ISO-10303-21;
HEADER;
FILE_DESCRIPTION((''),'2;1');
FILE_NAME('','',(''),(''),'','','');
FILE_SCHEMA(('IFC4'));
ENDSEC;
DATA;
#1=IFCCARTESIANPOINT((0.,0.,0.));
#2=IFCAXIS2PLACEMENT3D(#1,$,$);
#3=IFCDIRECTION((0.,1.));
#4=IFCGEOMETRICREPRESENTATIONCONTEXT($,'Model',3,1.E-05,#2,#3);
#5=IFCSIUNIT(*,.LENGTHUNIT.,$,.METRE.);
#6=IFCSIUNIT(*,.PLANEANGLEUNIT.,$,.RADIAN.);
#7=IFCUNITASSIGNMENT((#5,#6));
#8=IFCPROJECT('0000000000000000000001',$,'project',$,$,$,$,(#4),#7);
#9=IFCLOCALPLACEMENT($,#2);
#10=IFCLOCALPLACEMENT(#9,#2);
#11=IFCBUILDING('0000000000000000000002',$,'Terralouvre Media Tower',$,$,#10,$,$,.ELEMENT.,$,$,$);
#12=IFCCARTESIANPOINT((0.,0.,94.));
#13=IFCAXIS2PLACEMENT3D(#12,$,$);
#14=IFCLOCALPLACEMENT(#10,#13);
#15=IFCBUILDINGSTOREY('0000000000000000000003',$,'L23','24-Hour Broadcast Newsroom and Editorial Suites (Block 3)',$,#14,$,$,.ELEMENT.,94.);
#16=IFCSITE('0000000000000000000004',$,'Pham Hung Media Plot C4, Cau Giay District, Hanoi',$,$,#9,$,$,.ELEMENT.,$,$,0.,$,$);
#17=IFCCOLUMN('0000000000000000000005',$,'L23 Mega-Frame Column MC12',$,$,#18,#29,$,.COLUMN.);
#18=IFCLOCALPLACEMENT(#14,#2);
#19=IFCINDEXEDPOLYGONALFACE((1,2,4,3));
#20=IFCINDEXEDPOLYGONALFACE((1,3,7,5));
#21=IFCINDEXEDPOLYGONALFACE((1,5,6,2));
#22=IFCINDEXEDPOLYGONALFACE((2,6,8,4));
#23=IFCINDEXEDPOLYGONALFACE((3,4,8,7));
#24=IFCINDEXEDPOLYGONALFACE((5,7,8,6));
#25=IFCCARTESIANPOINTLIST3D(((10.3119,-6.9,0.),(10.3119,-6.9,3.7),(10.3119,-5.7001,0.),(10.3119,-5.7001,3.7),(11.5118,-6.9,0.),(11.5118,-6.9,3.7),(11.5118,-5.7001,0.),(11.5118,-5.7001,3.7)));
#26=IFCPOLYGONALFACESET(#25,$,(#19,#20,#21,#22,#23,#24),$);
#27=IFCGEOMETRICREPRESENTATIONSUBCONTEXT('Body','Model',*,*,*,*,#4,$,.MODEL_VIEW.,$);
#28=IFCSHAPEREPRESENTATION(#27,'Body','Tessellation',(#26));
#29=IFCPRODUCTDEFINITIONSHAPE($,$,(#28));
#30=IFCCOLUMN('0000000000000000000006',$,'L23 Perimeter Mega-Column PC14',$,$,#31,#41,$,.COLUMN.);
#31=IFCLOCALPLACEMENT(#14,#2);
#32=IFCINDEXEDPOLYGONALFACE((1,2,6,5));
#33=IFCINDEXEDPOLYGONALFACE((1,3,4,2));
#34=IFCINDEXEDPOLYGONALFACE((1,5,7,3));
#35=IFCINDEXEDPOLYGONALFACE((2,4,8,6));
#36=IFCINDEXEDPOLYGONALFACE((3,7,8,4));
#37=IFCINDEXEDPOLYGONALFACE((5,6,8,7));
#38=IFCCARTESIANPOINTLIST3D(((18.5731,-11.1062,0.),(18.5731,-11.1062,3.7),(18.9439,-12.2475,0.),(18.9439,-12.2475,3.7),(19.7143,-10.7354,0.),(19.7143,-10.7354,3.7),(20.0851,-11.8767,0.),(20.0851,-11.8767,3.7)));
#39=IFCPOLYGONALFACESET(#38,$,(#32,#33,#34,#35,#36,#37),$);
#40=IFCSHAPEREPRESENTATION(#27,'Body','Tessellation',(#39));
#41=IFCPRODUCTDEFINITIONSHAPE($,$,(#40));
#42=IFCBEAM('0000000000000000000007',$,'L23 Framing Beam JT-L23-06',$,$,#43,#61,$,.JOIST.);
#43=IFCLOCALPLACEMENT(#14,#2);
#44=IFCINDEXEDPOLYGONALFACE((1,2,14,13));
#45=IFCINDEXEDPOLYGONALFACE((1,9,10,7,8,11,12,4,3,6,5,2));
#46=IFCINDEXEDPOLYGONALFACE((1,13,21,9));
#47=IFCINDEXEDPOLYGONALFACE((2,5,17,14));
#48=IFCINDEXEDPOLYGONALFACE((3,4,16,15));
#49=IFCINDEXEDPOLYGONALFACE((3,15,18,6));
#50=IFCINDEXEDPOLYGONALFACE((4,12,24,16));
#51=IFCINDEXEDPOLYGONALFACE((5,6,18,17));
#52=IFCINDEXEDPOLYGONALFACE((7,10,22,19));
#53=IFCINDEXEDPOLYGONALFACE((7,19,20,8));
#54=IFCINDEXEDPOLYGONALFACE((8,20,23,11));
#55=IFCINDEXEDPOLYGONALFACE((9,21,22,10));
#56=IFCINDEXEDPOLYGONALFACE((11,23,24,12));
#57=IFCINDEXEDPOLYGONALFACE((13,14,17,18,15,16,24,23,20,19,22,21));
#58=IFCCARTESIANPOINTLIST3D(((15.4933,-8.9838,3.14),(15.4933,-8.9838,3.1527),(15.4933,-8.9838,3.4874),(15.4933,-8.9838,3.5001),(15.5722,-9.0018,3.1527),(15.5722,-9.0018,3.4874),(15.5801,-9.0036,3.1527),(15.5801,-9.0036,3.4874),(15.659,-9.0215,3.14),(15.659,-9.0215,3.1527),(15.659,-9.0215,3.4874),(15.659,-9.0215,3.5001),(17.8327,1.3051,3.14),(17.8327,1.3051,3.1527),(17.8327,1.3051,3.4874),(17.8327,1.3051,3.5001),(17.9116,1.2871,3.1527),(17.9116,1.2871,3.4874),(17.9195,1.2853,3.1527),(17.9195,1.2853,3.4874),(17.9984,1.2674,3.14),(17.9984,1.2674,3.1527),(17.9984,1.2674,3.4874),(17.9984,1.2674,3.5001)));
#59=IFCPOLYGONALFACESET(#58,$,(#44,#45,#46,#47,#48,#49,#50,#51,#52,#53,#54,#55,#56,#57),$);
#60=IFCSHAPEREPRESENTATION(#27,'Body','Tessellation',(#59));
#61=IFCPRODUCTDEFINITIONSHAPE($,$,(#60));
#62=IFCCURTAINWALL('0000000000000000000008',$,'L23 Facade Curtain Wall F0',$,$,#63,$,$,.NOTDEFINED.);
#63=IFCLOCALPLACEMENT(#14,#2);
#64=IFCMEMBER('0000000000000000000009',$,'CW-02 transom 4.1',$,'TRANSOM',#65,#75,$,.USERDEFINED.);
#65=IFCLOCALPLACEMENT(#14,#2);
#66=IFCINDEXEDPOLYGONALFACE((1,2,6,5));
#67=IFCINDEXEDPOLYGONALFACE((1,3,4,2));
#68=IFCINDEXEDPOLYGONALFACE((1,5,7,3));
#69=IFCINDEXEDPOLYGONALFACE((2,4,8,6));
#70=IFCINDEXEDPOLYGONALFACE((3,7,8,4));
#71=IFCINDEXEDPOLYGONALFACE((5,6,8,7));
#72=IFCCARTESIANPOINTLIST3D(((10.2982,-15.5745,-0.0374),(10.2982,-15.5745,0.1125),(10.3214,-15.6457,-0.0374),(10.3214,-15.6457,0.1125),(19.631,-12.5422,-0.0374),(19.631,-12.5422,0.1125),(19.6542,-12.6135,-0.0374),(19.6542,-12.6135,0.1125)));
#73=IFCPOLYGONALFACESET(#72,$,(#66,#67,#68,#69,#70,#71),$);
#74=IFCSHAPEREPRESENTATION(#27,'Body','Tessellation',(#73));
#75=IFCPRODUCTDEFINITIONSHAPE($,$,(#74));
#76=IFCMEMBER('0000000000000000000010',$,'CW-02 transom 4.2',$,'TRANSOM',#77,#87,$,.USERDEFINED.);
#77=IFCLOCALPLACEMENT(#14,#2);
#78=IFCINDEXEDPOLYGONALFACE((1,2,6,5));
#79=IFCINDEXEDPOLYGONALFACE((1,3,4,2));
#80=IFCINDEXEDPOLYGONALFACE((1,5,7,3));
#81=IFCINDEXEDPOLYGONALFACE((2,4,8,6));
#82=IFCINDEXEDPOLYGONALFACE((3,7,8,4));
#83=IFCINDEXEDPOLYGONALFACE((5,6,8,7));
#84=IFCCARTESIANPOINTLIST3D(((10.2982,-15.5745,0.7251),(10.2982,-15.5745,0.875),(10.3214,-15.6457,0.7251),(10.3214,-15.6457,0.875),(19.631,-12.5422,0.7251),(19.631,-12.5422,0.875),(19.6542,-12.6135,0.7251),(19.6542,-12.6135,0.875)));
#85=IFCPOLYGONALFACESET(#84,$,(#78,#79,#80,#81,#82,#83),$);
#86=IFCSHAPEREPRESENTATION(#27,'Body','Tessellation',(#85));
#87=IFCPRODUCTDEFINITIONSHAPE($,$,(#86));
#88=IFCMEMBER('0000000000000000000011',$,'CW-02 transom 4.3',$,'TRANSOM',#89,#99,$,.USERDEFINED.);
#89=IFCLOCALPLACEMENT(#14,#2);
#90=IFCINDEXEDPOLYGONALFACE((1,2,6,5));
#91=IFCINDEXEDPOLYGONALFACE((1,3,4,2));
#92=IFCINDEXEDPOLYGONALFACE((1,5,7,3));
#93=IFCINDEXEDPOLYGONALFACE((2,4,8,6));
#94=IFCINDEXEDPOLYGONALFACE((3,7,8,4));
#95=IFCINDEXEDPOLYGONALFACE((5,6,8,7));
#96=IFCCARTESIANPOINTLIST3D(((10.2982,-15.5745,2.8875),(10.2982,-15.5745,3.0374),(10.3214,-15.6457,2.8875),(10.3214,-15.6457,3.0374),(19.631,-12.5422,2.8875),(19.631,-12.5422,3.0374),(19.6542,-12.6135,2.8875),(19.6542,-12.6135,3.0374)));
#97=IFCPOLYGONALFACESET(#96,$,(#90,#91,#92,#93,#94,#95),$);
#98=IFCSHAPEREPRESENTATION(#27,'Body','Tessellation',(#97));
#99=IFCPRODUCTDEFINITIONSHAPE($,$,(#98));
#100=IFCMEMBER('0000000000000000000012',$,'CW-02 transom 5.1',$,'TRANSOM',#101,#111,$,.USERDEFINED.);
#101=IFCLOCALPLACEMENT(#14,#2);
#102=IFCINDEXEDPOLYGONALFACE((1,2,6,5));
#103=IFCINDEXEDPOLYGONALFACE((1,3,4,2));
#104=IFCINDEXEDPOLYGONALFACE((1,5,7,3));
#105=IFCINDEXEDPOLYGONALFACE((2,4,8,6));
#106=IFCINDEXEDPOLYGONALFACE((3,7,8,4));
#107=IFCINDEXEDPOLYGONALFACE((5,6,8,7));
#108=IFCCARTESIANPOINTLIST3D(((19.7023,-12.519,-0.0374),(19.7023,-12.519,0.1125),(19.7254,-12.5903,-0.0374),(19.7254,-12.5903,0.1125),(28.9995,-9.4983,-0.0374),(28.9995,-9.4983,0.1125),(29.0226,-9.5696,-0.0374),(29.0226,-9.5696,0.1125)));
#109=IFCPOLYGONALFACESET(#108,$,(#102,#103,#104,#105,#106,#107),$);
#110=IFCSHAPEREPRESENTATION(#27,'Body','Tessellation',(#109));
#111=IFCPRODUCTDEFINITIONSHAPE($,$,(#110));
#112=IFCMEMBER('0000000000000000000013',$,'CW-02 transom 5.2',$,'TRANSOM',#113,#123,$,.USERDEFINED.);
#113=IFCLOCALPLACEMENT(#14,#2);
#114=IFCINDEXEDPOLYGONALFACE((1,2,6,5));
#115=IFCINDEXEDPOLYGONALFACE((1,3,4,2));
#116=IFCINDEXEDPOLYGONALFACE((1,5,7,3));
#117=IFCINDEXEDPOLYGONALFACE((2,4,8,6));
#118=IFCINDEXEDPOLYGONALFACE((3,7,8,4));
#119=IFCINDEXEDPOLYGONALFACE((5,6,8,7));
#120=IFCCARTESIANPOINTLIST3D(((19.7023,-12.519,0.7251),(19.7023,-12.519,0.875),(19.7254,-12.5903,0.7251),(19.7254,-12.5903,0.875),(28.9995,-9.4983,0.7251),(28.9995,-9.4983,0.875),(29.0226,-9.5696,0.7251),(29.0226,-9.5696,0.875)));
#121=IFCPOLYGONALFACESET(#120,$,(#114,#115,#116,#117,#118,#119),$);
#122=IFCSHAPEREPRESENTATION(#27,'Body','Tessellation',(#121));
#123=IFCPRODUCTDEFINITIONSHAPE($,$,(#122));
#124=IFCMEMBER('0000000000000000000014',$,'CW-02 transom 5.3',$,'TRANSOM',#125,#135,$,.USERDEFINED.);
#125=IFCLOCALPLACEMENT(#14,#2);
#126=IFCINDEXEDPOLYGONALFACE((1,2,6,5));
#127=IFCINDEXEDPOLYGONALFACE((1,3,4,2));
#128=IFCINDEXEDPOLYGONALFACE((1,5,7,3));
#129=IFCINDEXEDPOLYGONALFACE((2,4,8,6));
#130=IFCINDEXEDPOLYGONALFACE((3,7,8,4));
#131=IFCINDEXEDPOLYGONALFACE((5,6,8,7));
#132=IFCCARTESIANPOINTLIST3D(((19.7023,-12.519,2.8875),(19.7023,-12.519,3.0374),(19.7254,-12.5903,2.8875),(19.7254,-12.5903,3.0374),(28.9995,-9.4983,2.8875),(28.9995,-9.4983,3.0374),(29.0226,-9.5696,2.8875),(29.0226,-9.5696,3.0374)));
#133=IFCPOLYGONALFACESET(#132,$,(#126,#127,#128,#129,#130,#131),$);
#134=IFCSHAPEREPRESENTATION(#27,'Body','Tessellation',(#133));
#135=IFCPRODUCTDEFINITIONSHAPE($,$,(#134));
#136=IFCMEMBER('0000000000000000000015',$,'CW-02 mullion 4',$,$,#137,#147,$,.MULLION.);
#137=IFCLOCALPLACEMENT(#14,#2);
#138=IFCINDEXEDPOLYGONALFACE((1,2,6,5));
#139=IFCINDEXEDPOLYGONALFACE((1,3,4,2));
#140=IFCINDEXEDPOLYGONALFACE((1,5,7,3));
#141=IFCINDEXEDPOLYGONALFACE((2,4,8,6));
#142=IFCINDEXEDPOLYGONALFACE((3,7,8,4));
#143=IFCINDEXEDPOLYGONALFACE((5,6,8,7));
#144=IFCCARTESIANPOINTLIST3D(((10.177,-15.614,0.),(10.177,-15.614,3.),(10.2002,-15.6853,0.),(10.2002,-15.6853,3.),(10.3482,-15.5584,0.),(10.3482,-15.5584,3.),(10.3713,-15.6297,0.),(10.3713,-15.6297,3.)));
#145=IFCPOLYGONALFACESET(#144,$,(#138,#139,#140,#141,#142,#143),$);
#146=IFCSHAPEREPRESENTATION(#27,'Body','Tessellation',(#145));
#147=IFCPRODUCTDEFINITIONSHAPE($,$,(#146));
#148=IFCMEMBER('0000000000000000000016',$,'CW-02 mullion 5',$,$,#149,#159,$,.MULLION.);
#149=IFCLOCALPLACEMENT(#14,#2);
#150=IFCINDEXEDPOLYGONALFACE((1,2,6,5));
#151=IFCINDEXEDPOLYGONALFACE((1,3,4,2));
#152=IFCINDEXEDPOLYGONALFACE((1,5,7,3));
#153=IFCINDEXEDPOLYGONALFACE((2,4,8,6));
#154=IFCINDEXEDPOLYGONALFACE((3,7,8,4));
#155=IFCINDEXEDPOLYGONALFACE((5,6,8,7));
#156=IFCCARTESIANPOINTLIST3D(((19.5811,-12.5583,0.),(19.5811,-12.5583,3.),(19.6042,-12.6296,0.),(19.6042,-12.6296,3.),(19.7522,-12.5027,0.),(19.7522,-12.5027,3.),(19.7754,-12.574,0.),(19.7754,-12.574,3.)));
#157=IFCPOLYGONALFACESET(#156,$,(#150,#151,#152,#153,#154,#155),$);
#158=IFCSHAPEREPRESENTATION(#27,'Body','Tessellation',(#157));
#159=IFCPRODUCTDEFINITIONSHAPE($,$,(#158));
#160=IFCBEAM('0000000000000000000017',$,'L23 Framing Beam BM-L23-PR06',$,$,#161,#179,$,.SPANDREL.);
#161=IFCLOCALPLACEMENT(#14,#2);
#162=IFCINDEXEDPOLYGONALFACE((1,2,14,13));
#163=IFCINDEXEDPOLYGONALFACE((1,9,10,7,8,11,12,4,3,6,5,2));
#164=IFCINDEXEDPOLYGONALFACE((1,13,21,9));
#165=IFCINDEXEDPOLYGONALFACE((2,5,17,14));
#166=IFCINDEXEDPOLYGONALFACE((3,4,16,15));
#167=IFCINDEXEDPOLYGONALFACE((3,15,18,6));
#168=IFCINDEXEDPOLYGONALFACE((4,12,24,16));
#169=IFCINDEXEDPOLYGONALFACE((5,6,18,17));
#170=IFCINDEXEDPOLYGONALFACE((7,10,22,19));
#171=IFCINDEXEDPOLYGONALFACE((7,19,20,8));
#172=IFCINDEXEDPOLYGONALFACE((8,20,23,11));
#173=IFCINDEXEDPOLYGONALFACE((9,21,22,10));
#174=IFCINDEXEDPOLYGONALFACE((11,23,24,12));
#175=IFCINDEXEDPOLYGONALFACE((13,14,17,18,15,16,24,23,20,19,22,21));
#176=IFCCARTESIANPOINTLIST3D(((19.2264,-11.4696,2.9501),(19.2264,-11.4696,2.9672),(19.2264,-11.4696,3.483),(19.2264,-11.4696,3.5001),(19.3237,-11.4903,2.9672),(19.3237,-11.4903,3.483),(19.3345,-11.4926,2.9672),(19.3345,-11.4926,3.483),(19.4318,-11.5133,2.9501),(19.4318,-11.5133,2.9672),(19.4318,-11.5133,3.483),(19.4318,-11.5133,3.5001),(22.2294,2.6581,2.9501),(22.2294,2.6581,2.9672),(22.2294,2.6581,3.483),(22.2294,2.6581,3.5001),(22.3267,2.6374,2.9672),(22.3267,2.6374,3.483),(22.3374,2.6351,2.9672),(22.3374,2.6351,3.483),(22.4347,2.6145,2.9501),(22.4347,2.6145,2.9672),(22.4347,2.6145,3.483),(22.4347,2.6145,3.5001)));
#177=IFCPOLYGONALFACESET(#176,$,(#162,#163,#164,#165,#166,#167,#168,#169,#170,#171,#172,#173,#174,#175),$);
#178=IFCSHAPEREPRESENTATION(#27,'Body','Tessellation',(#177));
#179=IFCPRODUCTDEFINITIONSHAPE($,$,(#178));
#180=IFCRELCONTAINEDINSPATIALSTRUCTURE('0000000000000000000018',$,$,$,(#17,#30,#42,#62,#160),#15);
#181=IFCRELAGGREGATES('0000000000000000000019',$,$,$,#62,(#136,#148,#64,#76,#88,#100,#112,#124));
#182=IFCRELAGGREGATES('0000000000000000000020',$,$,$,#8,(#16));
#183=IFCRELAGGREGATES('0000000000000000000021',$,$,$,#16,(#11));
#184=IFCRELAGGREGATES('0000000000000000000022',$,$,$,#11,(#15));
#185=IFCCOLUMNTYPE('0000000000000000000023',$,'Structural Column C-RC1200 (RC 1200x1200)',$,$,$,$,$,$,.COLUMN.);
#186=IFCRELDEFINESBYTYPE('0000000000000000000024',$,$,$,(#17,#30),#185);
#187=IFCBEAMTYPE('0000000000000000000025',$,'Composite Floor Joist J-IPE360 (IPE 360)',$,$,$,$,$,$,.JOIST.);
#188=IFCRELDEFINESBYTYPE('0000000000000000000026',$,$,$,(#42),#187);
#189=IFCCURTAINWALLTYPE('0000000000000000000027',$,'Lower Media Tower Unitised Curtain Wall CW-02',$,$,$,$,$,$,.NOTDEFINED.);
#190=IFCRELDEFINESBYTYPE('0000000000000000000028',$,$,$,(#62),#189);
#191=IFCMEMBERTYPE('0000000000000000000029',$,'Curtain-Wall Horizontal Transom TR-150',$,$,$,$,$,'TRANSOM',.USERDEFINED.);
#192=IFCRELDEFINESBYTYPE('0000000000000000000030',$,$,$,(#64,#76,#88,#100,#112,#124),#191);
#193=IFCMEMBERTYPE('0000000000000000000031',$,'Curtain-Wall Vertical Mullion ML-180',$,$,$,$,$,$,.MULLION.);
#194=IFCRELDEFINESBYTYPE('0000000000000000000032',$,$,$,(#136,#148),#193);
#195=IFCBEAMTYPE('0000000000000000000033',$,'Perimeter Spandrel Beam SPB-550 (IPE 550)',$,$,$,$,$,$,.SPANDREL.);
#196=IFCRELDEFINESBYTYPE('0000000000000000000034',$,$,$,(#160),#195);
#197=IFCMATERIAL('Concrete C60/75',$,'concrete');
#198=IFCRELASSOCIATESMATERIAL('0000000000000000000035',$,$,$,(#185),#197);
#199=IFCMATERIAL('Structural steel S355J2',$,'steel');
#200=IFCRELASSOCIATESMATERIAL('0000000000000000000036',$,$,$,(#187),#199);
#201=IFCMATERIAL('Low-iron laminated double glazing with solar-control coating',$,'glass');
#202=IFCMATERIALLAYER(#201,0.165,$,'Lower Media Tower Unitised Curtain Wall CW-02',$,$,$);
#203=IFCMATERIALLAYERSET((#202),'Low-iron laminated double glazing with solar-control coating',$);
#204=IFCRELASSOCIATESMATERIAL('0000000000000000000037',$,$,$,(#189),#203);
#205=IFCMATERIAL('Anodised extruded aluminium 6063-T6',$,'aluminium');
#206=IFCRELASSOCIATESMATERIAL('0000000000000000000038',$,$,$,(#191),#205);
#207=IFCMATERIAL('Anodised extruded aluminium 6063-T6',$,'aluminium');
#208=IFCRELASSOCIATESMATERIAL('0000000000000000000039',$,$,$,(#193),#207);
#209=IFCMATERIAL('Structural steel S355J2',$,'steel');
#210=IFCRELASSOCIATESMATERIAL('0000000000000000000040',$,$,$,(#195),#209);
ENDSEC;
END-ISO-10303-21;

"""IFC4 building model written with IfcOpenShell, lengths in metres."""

from ifc_helpers import new_model, si_unit, direction, frame, origin, origin_2d, place, context, subcontext, project, spatial, rectangle, i_section, extrude, material, layer, layer_set, material_profile, profile_set, type_object, element, aggregate, save


model = new_model("IFC4")

# Units and contexts
model_context = context("Model", 3, precision=1e-05, world=origin(), true_north=direction((0.0, 1.0)))
body_context = subcontext(model_context, "Body", "Model", "MODEL_VIEW")
ifc_project = project(units=[si_unit("LENGTHUNIT", "METRE"), si_unit("PLANEANGLEUNIT", "RADIAN")], contexts=[model_context])

# Site, building, storey
site_placement = place(None, origin())
site = spatial("IfcSite", under=ifc_project, at=site_placement, Name="Pham Hung Media Plot C4, Cau Giay District, Hanoi", CompositionType="ELEMENT", RefElevation=0.0)
building_placement = place(site_placement, origin())
building = spatial("IfcBuilding", under=site, at=building_placement, Name="Terralouvre Media Tower", CompositionType="ELEMENT")
storey_placement = place(building_placement, frame((0.0, 0.0, 94.0)))
storey = spatial("IfcBuildingStorey", under=building, at=storey_placement, Name="L23", Description="24-Hour Broadcast Newsroom and Editorial Suites (Block 3)", CompositionType="ELEMENT", Elevation=94.0)

# Columns
ifc_material_1 = material(Name="Concrete C60/75", Category="concrete")
ifc_material_profile_1 = material_profile(ifc_material_1, rectangle(XDim=1.2, YDim=1.2, at=origin_2d()), Name="RC 1200x1200")
ifc_profile_set_1 = profile_set([ifc_material_profile_1], Name="Concrete C60/75")
column_type = type_object("IfcColumnType", Name="Structural Column C-RC1200 (RC 1200x1200)", PredefinedType="COLUMN", material=ifc_profile_set_1)
for number, where, z_axis, x_axis, name in (
    (1, (10.9119, -6.3, 0.0), (0.0, 0.0, 1.0), (1.0, 0.0, 0.0), "L23 Mega-Frame Column MC12"),
    (2, (19.3291, -11.4915, 0.0), (0.0, 0.0, 1.0), (0.951057, 0.309017, 0.0), "L23 Perimeter Mega-Column PC14"),
):
    element("IfcColumn", number, at=place(storey_placement, frame(where, z_axis=z_axis, x_axis=x_axis)), inside=storey, type_object=column_type, Name=name, PredefinedType="COLUMN", context=body_context, shape_type="SweptSolid", body=[
        extrude(rectangle(XDim=1.2, YDim=1.2, at=origin_2d()), origin(), (0.0, 0.0, 1.0), 3.7),
    ])

# Beam
ifc_material_2 = material(Name="Structural steel S355J2", Category="steel")
ifc_material_profile_2 = material_profile(ifc_material_2, i_section(OverallWidth=0.1699, OverallDepth=0.3601, WebThickness=0.0081, FlangeThickness=0.0127, at=origin_2d()), Name="IPE 360")
ifc_profile_set_2 = profile_set([ifc_material_profile_2], Name="Structural steel S355J2")
beam_type_1 = type_object("IfcBeamType", Name="Composite Floor Joist J-IPE360 (IPE 360)", PredefinedType="JOIST", material=ifc_profile_set_2)
beam_1_placement = place(storey_placement, frame((15.5762, -9.0027, 3.3201), z_axis=(0.22171, 0.975113, 0.0), x_axis=(-0.975113, 0.22171, 0.0)))
element("IfcBeam", 3, at=beam_1_placement, inside=storey, type_object=beam_type_1, Name="L23 Framing Beam JT-L23-06", PredefinedType="JOIST", context=body_context, shape_type="SweptSolid", body=[
    extrude(i_section(OverallWidth=0.1699, OverallDepth=0.3601, WebThickness=0.0081, FlangeThickness=0.0127, at=origin_2d()), origin(), (0.0, 0.0, 1.0), 10.5515),
])

# Curtain wall, members
ifc_material_3 = material(Name="Low-iron laminated double glazing with solar-control coating", Category="glass")
ifc_layer_1 = layer(ifc_material_3, 0.165, Name="Lower Media Tower Unitised Curtain Wall CW-02")
ifc_layer_set_1 = layer_set([ifc_layer_1], Name="Low-iron laminated double glazing with solar-control coating")
curtain_wall_type = type_object("IfcCurtainWallType", Name="Lower Media Tower Unitised Curtain Wall CW-02", PredefinedType="NOTDEFINED", material=ifc_layer_set_1)
curtain_wall_placement = place(storey_placement, origin())
curtain_wall = element("IfcCurtainWall", 4, at=curtain_wall_placement, inside=storey, type_object=curtain_wall_type, Name="L23 Facade Curtain Wall F0", PredefinedType="NOTDEFINED")
ifc_material_4 = material(Name="Anodised extruded aluminium 6063-T6", Category="aluminium")
ifc_material_profile_3 = material_profile(ifc_material_4, rectangle(XDim=0.075, YDim=0.1499, at=origin_2d()), Name="ALU 75x150")
ifc_profile_set_3 = profile_set([ifc_material_profile_3], Name="Anodised extruded aluminium 6063-T6")
member_type_1 = type_object("IfcMemberType", Name="Curtain-Wall Horizontal Transom TR-150", ElementType="TRANSOM", PredefinedType="USERDEFINED", material=ifc_profile_set_3)
member_1_placement = place(storey_placement, frame((10.3098, -15.6101, 0.0376), z_axis=(0.951062, 0.309001, 0.0), x_axis=(-0.309001, 0.951062, 0.0)))
member_1 = element("IfcMember", 5, at=member_1_placement, type_object=member_type_1, Name="CW-02 transom 4.1", ObjectType="TRANSOM", PredefinedType="USERDEFINED", context=body_context, shape_type="SweptSolid", body=[
    extrude(rectangle(XDim=0.075, YDim=0.1499, at=origin_2d()), origin(), (0.0, 0.0, 1.0), 9.813),
])
member_2_placement = place(storey_placement, frame((10.3098, -15.6101, 0.8), z_axis=(0.951062, 0.309001, 0.0), x_axis=(-0.309001, 0.951062, 0.0)))
member_2 = element("IfcMember", 6, at=member_2_placement, type_object=member_type_1, Name="CW-02 transom 4.2", ObjectType="TRANSOM", PredefinedType="USERDEFINED", context=body_context, shape_type="SweptSolid", body=[
    extrude(rectangle(XDim=0.075, YDim=0.1499, at=origin_2d()), origin(), (0.0, 0.0, 1.0), 9.813),
])
member_3_placement = place(storey_placement, frame((10.3098, -15.6101, 2.9624), z_axis=(0.951062, 0.309001, 0.0), x_axis=(-0.309001, 0.951062, 0.0)))
member_3 = element("IfcMember", 7, at=member_3_placement, type_object=member_type_1, Name="CW-02 transom 4.3", ObjectType="TRANSOM", PredefinedType="USERDEFINED", context=body_context, shape_type="SweptSolid", body=[
    extrude(rectangle(XDim=0.075, YDim=0.1499, at=origin_2d()), origin(), (0.0, 0.0, 1.0), 9.813),
])
member_4_placement = place(storey_placement, frame((19.7139, -12.5547, 0.0376), z_axis=(0.951058, 0.309011, 0.0), x_axis=(-0.309011, 0.951058, 0.0)))
member_4 = element("IfcMember", 8, at=member_4_placement, type_object=member_type_1, Name="CW-02 transom 5.1", ObjectType="TRANSOM", PredefinedType="USERDEFINED", context=body_context, shape_type="SweptSolid", body=[
    extrude(rectangle(XDim=0.075, YDim=0.1499, at=origin_2d()), origin(), (0.0, 0.0, 1.0), 9.7756),
])
member_5_placement = place(storey_placement, frame((19.7139, -12.5547, 0.8), z_axis=(0.951058, 0.309011, 0.0), x_axis=(-0.309011, 0.951058, 0.0)))
member_5 = element("IfcMember", 9, at=member_5_placement, type_object=member_type_1, Name="CW-02 transom 5.2", ObjectType="TRANSOM", PredefinedType="USERDEFINED", context=body_context, shape_type="SweptSolid", body=[
    extrude(rectangle(XDim=0.075, YDim=0.1499, at=origin_2d()), origin(), (0.0, 0.0, 1.0), 9.7756),
])
member_6_placement = place(storey_placement, frame((19.7139, -12.5547, 2.9624), z_axis=(0.951058, 0.309011, 0.0), x_axis=(-0.309011, 0.951058, 0.0)))
member_6 = element("IfcMember", 10, at=member_6_placement, type_object=member_type_1, Name="CW-02 transom 5.3", ObjectType="TRANSOM", PredefinedType="USERDEFINED", context=body_context, shape_type="SweptSolid", body=[
    extrude(rectangle(XDim=0.075, YDim=0.1499, at=origin_2d()), origin(), (0.0, 0.0, 1.0), 9.7756),
])
ifc_material_5 = material(Name="Anodised extruded aluminium 6063-T6", Category="aluminium")
ifc_material_profile_4 = material_profile(ifc_material_5, rectangle(XDim=0.075, YDim=0.1799, at=origin_2d()), Name="ALU 75x180")
ifc_profile_set_4 = profile_set([ifc_material_profile_4], Name="Anodised extruded aluminium 6063-T6")
member_type_2 = type_object("IfcMemberType", Name="Curtain-Wall Vertical Mullion ML-180", PredefinedType="MULLION", material=ifc_profile_set_4)
member_7_placement = place(storey_placement, frame((10.2742, -15.6218, 0.0), z_axis=(0.0, 0.0, 1.0), x_axis=(-0.309017, 0.951057, 0.0)))
member_7 = element("IfcMember", 11, at=member_7_placement, type_object=member_type_2, Name="CW-02 mullion 4", PredefinedType="MULLION", context=body_context, shape_type="SweptSolid", body=[
    extrude(rectangle(XDim=0.075, YDim=0.1799, at=origin_2d()), origin(), (0.0, 0.0, 1.0), 3.0),
])
member_8_placement = place(storey_placement, frame((19.6782, -12.5662, 0.0), z_axis=(0.0, 0.0, 1.0), x_axis=(-0.309017, 0.951057, 0.0)))
member_8 = element("IfcMember", 12, at=member_8_placement, type_object=member_type_2, Name="CW-02 mullion 5", PredefinedType="MULLION", context=body_context, shape_type="SweptSolid", body=[
    extrude(rectangle(XDim=0.075, YDim=0.1799, at=origin_2d()), origin(), (0.0, 0.0, 1.0), 3.0),
])

# Beam
ifc_material_6 = material(Name="Structural steel S355J2", Category="steel")
ifc_material_profile_5 = material_profile(ifc_material_6, i_section(OverallWidth=0.21, OverallDepth=0.55, WebThickness=0.011, FlangeThickness=0.0171, at=origin_2d()), Name="IPE 550")
ifc_profile_set_5 = profile_set([ifc_material_profile_5], Name="Structural steel S355J2")
beam_type_2 = type_object("IfcBeamType", Name="Perimeter Spandrel Beam SPB-550 (IPE 550)", PredefinedType="SPANDREL", material=ifc_profile_set_5)
beam_2_placement = place(storey_placement, frame((19.3291, -11.4915, 3.2251), z_axis=(0.207912, 0.978148, 0.0), x_axis=(-0.978148, 0.207912, 0.0)))
element("IfcBeam", 13, at=beam_2_placement, inside=storey, type_object=beam_type_2, Name="L23 Framing Beam BM-L23-PR06", PredefinedType="SPANDREL", context=body_context, shape_type="SweptSolid", body=[
    extrude(i_section(OverallWidth=0.21, OverallDepth=0.55, WebThickness=0.011, FlangeThickness=0.0171, at=origin_2d()), origin(), (0.0, 0.0, 1.0), 14.4434),
])

aggregate(curtain_wall, [member_7, member_8, member_1, member_2, member_3, member_4, member_5, member_6])

save(model, "model.ifc")
